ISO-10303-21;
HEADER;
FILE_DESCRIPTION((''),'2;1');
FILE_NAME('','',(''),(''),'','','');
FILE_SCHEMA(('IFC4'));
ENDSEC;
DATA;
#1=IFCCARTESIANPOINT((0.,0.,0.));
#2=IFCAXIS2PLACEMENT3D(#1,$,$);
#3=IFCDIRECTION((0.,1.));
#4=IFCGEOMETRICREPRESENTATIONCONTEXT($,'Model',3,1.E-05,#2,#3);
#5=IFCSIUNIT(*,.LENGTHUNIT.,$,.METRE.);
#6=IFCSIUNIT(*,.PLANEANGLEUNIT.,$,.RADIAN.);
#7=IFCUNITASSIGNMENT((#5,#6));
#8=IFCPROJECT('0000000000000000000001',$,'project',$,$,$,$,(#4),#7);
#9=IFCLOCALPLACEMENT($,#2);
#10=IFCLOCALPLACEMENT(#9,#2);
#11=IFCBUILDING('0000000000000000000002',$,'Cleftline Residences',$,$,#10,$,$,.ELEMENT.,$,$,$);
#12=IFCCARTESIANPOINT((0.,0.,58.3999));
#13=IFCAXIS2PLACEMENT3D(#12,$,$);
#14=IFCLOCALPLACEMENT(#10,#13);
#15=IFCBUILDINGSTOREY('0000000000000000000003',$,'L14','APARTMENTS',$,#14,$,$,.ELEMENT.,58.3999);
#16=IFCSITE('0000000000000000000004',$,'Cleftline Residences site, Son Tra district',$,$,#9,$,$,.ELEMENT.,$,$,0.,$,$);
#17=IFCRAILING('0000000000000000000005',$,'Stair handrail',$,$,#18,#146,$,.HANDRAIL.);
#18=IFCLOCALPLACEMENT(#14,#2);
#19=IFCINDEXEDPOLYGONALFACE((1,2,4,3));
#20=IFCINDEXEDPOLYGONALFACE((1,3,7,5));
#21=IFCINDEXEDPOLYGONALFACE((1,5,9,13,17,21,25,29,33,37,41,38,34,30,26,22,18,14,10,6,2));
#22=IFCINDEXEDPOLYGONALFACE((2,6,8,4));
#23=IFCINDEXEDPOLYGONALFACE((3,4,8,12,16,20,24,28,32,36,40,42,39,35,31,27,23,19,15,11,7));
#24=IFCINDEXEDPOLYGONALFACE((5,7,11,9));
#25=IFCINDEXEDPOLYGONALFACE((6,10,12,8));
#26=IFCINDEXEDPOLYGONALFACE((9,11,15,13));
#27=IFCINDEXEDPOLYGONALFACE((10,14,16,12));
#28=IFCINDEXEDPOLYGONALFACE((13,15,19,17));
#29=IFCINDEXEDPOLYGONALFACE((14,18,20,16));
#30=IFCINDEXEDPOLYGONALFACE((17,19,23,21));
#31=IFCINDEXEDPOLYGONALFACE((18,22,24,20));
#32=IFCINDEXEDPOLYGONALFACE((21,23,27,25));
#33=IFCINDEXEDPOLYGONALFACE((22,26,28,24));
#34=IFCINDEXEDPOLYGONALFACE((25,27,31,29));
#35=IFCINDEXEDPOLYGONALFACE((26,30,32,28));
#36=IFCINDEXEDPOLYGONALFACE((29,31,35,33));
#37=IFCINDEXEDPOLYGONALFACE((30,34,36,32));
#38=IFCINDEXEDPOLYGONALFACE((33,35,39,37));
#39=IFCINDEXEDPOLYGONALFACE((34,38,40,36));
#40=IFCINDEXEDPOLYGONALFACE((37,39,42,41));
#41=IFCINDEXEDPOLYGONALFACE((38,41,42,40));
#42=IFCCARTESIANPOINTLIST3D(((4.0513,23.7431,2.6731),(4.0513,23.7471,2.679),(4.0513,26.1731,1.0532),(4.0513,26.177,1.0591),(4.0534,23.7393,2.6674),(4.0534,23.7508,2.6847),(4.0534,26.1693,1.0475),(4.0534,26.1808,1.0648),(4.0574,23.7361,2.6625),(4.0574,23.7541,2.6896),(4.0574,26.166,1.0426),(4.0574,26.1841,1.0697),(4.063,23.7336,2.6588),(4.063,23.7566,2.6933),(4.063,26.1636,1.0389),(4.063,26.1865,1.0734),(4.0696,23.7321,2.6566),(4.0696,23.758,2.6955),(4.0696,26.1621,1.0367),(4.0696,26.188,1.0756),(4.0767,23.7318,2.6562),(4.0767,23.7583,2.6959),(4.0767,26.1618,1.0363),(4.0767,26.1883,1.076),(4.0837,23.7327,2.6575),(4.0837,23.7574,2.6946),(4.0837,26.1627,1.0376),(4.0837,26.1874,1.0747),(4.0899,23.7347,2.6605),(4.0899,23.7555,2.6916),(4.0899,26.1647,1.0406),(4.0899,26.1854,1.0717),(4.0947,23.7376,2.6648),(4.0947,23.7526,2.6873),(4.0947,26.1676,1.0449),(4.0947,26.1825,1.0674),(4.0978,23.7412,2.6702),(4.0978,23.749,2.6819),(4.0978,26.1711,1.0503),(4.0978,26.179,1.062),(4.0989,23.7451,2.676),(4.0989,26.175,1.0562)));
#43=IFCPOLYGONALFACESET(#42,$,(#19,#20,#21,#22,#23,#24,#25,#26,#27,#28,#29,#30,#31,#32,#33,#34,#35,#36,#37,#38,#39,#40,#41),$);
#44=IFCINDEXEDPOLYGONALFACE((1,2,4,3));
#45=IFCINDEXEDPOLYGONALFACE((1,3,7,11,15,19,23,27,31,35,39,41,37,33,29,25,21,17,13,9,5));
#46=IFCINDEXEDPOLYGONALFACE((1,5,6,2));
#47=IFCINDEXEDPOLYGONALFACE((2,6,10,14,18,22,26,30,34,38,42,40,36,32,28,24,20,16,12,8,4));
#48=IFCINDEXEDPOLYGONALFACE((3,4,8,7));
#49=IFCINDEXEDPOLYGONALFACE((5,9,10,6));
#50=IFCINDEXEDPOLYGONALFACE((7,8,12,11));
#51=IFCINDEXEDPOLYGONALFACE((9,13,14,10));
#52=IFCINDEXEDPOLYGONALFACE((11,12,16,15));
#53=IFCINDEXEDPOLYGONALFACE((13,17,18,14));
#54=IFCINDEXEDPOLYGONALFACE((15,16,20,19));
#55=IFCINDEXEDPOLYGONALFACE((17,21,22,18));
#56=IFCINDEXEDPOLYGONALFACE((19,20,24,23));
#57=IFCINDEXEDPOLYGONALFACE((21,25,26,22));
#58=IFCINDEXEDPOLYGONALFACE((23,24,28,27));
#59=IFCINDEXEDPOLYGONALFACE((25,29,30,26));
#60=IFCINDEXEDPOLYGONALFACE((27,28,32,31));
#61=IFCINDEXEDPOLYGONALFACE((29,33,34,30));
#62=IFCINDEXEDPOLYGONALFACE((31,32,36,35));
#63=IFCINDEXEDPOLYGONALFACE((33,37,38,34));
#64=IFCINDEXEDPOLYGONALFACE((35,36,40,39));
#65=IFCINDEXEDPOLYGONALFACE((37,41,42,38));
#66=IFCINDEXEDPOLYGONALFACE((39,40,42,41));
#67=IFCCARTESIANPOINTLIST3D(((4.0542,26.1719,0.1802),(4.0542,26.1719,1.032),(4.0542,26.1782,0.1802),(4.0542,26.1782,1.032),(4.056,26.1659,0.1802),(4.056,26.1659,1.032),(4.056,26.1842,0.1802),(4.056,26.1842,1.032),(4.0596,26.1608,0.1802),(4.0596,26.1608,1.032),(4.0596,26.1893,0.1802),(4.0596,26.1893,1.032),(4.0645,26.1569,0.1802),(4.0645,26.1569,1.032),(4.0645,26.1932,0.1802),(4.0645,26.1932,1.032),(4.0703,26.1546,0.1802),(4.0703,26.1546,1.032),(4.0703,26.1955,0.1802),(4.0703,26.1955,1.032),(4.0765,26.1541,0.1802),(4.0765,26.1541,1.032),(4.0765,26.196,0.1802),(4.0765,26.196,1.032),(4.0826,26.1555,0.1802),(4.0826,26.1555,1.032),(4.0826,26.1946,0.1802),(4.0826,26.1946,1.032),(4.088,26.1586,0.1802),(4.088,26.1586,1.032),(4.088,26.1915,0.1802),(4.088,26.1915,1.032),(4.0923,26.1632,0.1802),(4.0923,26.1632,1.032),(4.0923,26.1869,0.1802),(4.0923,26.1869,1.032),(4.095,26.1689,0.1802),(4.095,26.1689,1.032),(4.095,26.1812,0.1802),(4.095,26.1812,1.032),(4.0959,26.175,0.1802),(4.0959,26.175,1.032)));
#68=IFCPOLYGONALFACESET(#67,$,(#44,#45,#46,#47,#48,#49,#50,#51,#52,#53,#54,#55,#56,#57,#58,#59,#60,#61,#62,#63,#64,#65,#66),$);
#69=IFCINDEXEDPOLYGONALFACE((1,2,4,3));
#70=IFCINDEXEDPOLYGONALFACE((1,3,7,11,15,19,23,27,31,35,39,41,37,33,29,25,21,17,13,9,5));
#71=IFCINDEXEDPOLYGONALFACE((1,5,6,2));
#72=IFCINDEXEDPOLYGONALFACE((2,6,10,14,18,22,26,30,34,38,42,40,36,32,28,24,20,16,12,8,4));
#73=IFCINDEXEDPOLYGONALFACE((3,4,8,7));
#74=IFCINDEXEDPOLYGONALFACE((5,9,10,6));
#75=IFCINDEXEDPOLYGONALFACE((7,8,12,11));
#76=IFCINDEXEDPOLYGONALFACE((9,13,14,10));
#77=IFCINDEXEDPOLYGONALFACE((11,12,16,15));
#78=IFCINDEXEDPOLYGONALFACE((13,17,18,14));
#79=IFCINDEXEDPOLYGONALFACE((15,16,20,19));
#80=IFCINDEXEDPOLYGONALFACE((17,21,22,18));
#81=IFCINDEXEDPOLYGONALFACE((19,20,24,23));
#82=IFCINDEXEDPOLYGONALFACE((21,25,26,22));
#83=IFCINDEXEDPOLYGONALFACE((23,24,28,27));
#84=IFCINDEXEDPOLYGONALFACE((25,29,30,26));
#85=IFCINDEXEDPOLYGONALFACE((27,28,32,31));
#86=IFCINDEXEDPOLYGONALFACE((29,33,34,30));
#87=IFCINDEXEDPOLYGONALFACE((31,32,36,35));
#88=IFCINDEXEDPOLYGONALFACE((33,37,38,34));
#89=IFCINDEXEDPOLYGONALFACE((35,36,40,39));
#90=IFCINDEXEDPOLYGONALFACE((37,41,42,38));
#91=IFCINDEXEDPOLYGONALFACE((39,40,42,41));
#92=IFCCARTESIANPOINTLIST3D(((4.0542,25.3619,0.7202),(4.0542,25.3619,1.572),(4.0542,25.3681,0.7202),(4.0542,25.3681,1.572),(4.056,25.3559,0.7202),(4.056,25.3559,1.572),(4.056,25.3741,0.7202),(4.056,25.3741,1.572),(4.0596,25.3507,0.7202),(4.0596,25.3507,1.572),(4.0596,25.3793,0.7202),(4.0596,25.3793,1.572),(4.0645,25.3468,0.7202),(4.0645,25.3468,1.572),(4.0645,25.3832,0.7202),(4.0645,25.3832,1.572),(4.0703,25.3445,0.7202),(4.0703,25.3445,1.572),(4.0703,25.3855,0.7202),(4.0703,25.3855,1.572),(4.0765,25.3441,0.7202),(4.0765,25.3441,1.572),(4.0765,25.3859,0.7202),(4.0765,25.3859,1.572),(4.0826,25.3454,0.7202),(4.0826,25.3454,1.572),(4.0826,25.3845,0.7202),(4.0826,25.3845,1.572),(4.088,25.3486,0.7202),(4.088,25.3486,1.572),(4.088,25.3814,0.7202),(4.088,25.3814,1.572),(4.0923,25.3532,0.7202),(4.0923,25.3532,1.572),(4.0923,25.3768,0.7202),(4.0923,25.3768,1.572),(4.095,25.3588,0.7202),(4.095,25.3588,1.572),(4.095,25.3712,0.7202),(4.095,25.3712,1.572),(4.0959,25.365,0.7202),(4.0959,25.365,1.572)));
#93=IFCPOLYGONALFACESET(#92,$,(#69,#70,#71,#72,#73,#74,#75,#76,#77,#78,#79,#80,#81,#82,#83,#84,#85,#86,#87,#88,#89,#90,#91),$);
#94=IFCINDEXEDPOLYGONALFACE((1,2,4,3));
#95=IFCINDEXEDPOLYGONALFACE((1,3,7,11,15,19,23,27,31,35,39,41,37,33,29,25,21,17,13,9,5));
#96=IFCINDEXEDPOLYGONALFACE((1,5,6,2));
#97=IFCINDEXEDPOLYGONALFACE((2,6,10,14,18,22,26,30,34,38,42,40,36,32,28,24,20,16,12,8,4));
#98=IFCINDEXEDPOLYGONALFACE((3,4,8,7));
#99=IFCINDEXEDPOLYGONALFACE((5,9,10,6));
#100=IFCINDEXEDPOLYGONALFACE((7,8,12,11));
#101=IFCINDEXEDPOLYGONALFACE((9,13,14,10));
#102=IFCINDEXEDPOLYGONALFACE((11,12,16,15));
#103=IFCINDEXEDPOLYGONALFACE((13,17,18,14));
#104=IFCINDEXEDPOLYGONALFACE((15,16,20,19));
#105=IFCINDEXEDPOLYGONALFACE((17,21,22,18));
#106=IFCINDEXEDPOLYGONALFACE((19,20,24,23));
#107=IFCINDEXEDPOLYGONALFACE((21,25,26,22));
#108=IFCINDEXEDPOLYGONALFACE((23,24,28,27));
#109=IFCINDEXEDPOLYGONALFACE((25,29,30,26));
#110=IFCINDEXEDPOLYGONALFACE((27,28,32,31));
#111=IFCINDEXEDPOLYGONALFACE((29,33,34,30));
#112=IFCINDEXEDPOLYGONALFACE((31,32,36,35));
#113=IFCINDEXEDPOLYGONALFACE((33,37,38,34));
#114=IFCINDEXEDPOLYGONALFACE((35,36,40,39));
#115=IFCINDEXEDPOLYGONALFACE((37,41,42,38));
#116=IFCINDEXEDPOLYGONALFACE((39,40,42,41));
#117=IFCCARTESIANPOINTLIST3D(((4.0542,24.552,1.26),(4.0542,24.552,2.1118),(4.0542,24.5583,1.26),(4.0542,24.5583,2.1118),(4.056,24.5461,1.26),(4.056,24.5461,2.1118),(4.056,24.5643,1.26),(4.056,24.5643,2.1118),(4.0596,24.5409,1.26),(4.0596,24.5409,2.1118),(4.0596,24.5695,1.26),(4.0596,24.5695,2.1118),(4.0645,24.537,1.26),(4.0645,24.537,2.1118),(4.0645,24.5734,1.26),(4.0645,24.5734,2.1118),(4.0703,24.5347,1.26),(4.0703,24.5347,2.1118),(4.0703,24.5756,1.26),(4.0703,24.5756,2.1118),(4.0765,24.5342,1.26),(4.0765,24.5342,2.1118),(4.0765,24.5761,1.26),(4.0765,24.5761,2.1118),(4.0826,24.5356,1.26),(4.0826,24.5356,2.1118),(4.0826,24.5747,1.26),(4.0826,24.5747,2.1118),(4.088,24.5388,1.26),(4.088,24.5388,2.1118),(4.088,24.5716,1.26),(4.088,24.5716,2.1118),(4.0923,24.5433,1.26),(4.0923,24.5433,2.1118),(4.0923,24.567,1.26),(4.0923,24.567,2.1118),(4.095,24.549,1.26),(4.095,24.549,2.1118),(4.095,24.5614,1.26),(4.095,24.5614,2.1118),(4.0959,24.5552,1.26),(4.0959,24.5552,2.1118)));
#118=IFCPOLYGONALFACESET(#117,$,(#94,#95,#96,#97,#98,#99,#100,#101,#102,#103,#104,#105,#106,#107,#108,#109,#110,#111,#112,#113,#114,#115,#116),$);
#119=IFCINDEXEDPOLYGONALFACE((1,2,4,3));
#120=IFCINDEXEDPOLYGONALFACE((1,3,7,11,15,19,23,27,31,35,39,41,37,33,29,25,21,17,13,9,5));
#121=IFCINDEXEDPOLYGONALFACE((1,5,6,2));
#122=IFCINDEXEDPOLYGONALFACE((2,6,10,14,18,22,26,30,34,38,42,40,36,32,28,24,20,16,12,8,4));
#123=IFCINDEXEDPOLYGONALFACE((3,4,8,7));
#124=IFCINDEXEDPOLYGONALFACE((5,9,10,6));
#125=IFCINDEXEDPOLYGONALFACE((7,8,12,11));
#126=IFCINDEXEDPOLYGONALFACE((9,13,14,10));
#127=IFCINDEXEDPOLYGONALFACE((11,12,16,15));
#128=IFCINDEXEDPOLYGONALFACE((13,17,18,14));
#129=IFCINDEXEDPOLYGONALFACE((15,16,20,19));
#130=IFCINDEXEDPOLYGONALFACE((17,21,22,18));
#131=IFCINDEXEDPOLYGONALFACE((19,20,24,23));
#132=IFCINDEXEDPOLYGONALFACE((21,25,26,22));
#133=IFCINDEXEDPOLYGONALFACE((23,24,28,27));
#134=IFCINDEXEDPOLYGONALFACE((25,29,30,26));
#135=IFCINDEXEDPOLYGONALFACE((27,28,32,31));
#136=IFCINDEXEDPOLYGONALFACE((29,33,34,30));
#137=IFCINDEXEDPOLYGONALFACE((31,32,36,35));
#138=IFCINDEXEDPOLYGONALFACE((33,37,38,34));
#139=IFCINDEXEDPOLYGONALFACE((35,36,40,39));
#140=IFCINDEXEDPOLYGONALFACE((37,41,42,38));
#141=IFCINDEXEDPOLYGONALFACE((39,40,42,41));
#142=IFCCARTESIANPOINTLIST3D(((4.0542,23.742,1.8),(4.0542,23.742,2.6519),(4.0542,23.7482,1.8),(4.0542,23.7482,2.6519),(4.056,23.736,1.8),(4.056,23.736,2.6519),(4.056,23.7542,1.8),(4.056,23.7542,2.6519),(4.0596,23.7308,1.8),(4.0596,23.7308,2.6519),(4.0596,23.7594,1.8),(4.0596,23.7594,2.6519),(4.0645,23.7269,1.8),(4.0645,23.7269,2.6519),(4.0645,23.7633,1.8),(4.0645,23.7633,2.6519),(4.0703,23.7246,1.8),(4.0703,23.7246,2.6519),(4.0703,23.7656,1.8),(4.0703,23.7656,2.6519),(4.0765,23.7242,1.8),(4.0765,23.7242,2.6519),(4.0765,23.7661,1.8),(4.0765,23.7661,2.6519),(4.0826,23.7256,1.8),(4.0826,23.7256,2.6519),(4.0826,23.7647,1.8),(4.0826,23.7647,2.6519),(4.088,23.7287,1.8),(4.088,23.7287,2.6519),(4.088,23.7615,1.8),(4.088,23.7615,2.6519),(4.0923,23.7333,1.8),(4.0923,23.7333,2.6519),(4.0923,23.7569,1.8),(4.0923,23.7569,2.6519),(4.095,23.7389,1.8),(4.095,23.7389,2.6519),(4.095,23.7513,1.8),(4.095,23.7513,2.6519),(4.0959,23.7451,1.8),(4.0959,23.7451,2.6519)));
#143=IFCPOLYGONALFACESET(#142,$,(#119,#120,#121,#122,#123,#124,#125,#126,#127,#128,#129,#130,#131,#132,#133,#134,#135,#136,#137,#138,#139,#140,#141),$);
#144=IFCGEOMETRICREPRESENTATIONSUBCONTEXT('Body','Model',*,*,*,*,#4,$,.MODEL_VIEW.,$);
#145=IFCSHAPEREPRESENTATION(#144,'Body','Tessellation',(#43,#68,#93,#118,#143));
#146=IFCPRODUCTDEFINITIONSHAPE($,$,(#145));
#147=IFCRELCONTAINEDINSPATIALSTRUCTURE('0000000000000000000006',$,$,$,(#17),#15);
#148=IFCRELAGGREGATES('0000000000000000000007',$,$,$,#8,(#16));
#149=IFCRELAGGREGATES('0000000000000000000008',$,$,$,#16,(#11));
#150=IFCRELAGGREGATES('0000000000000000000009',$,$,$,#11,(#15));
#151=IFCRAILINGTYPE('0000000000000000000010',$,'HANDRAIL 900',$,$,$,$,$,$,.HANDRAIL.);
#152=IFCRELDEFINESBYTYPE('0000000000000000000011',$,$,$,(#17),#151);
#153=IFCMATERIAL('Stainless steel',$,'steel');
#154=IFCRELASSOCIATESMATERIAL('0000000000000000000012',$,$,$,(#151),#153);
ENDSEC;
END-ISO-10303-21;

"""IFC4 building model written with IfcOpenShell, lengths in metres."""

from ifc_helpers import new_model, si_unit, direction, frame, origin, origin_2d, place, context, subcontext, project, spatial, circle, extrude, material, type_object, element, save


model = new_model("IFC4")

# Units and contexts
model_context = context("Model", 3, precision=1e-05, world=origin(), true_north=direction((0.0, 1.0)))
body_context = subcontext(model_context, "Body", "Model", "MODEL_VIEW")
ifc_project = project(units=[si_unit("LENGTHUNIT", "METRE"), si_unit("PLANEANGLEUNIT", "RADIAN")], contexts=[model_context])

# Site, building, storey
site_placement = place(None, origin())
site = spatial("IfcSite", under=ifc_project, at=site_placement, Name="Cleftline Residences site, Son Tra district", CompositionType="ELEMENT", RefElevation=0.0)
building_placement = place(site_placement, origin())
building = spatial("IfcBuilding", under=site, at=building_placement, Name="Cleftline Residences", CompositionType="ELEMENT")
storey_placement = place(building_placement, frame((0.0, 0.0, 58.3999)))
storey = spatial("IfcBuildingStorey", under=building, at=storey_placement, Name="L14", Description="APARTMENTS", CompositionType="ELEMENT", Elevation=58.3999)

# Railing
ifc_material_1 = material(Name="Stainless steel", Category="steel")
railing_type = type_object("IfcRailingType", Name="HANDRAIL 900", PredefinedType="HANDRAIL", material=ifc_material_1)
railing_1_placement = place(storey_placement, frame((4.075, 26.175, 0.1802)))
element("IfcRailing", 1, at=railing_1_placement, inside=storey, type_object=railing_type, Name="Stair handrail", PredefinedType="HANDRAIL", context=body_context, shape_type="SweptSolid", body=[
    extrude(circle(Radius=0.0239, at=origin_2d()), frame((0.0, 0.0, 0.876), z_axis=(0.0, -0.832063, 0.554681), x_axis=(1.0, 0.0, 0.0)), (0.0, 0.0, 1.0), 2.9204),
    extrude(circle(Radius=0.021, at=origin_2d()), origin(), (0.0, 0.0, 1.0), 0.8518),
    extrude(circle(Radius=0.021, at=origin_2d()), frame((0.0, -0.8101, 0.54)), (0.0, 0.0, 1.0), 0.8518),
    extrude(circle(Radius=0.021, at=origin_2d()), frame((0.0, -1.6199, 1.0798)), (0.0, 0.0, 1.0), 0.8518),
    extrude(circle(Radius=0.021, at=origin_2d()), frame((0.0, -2.4299, 1.6199)), (0.0, 0.0, 1.0), 0.8518),
])

save(model, "model.ifc")
